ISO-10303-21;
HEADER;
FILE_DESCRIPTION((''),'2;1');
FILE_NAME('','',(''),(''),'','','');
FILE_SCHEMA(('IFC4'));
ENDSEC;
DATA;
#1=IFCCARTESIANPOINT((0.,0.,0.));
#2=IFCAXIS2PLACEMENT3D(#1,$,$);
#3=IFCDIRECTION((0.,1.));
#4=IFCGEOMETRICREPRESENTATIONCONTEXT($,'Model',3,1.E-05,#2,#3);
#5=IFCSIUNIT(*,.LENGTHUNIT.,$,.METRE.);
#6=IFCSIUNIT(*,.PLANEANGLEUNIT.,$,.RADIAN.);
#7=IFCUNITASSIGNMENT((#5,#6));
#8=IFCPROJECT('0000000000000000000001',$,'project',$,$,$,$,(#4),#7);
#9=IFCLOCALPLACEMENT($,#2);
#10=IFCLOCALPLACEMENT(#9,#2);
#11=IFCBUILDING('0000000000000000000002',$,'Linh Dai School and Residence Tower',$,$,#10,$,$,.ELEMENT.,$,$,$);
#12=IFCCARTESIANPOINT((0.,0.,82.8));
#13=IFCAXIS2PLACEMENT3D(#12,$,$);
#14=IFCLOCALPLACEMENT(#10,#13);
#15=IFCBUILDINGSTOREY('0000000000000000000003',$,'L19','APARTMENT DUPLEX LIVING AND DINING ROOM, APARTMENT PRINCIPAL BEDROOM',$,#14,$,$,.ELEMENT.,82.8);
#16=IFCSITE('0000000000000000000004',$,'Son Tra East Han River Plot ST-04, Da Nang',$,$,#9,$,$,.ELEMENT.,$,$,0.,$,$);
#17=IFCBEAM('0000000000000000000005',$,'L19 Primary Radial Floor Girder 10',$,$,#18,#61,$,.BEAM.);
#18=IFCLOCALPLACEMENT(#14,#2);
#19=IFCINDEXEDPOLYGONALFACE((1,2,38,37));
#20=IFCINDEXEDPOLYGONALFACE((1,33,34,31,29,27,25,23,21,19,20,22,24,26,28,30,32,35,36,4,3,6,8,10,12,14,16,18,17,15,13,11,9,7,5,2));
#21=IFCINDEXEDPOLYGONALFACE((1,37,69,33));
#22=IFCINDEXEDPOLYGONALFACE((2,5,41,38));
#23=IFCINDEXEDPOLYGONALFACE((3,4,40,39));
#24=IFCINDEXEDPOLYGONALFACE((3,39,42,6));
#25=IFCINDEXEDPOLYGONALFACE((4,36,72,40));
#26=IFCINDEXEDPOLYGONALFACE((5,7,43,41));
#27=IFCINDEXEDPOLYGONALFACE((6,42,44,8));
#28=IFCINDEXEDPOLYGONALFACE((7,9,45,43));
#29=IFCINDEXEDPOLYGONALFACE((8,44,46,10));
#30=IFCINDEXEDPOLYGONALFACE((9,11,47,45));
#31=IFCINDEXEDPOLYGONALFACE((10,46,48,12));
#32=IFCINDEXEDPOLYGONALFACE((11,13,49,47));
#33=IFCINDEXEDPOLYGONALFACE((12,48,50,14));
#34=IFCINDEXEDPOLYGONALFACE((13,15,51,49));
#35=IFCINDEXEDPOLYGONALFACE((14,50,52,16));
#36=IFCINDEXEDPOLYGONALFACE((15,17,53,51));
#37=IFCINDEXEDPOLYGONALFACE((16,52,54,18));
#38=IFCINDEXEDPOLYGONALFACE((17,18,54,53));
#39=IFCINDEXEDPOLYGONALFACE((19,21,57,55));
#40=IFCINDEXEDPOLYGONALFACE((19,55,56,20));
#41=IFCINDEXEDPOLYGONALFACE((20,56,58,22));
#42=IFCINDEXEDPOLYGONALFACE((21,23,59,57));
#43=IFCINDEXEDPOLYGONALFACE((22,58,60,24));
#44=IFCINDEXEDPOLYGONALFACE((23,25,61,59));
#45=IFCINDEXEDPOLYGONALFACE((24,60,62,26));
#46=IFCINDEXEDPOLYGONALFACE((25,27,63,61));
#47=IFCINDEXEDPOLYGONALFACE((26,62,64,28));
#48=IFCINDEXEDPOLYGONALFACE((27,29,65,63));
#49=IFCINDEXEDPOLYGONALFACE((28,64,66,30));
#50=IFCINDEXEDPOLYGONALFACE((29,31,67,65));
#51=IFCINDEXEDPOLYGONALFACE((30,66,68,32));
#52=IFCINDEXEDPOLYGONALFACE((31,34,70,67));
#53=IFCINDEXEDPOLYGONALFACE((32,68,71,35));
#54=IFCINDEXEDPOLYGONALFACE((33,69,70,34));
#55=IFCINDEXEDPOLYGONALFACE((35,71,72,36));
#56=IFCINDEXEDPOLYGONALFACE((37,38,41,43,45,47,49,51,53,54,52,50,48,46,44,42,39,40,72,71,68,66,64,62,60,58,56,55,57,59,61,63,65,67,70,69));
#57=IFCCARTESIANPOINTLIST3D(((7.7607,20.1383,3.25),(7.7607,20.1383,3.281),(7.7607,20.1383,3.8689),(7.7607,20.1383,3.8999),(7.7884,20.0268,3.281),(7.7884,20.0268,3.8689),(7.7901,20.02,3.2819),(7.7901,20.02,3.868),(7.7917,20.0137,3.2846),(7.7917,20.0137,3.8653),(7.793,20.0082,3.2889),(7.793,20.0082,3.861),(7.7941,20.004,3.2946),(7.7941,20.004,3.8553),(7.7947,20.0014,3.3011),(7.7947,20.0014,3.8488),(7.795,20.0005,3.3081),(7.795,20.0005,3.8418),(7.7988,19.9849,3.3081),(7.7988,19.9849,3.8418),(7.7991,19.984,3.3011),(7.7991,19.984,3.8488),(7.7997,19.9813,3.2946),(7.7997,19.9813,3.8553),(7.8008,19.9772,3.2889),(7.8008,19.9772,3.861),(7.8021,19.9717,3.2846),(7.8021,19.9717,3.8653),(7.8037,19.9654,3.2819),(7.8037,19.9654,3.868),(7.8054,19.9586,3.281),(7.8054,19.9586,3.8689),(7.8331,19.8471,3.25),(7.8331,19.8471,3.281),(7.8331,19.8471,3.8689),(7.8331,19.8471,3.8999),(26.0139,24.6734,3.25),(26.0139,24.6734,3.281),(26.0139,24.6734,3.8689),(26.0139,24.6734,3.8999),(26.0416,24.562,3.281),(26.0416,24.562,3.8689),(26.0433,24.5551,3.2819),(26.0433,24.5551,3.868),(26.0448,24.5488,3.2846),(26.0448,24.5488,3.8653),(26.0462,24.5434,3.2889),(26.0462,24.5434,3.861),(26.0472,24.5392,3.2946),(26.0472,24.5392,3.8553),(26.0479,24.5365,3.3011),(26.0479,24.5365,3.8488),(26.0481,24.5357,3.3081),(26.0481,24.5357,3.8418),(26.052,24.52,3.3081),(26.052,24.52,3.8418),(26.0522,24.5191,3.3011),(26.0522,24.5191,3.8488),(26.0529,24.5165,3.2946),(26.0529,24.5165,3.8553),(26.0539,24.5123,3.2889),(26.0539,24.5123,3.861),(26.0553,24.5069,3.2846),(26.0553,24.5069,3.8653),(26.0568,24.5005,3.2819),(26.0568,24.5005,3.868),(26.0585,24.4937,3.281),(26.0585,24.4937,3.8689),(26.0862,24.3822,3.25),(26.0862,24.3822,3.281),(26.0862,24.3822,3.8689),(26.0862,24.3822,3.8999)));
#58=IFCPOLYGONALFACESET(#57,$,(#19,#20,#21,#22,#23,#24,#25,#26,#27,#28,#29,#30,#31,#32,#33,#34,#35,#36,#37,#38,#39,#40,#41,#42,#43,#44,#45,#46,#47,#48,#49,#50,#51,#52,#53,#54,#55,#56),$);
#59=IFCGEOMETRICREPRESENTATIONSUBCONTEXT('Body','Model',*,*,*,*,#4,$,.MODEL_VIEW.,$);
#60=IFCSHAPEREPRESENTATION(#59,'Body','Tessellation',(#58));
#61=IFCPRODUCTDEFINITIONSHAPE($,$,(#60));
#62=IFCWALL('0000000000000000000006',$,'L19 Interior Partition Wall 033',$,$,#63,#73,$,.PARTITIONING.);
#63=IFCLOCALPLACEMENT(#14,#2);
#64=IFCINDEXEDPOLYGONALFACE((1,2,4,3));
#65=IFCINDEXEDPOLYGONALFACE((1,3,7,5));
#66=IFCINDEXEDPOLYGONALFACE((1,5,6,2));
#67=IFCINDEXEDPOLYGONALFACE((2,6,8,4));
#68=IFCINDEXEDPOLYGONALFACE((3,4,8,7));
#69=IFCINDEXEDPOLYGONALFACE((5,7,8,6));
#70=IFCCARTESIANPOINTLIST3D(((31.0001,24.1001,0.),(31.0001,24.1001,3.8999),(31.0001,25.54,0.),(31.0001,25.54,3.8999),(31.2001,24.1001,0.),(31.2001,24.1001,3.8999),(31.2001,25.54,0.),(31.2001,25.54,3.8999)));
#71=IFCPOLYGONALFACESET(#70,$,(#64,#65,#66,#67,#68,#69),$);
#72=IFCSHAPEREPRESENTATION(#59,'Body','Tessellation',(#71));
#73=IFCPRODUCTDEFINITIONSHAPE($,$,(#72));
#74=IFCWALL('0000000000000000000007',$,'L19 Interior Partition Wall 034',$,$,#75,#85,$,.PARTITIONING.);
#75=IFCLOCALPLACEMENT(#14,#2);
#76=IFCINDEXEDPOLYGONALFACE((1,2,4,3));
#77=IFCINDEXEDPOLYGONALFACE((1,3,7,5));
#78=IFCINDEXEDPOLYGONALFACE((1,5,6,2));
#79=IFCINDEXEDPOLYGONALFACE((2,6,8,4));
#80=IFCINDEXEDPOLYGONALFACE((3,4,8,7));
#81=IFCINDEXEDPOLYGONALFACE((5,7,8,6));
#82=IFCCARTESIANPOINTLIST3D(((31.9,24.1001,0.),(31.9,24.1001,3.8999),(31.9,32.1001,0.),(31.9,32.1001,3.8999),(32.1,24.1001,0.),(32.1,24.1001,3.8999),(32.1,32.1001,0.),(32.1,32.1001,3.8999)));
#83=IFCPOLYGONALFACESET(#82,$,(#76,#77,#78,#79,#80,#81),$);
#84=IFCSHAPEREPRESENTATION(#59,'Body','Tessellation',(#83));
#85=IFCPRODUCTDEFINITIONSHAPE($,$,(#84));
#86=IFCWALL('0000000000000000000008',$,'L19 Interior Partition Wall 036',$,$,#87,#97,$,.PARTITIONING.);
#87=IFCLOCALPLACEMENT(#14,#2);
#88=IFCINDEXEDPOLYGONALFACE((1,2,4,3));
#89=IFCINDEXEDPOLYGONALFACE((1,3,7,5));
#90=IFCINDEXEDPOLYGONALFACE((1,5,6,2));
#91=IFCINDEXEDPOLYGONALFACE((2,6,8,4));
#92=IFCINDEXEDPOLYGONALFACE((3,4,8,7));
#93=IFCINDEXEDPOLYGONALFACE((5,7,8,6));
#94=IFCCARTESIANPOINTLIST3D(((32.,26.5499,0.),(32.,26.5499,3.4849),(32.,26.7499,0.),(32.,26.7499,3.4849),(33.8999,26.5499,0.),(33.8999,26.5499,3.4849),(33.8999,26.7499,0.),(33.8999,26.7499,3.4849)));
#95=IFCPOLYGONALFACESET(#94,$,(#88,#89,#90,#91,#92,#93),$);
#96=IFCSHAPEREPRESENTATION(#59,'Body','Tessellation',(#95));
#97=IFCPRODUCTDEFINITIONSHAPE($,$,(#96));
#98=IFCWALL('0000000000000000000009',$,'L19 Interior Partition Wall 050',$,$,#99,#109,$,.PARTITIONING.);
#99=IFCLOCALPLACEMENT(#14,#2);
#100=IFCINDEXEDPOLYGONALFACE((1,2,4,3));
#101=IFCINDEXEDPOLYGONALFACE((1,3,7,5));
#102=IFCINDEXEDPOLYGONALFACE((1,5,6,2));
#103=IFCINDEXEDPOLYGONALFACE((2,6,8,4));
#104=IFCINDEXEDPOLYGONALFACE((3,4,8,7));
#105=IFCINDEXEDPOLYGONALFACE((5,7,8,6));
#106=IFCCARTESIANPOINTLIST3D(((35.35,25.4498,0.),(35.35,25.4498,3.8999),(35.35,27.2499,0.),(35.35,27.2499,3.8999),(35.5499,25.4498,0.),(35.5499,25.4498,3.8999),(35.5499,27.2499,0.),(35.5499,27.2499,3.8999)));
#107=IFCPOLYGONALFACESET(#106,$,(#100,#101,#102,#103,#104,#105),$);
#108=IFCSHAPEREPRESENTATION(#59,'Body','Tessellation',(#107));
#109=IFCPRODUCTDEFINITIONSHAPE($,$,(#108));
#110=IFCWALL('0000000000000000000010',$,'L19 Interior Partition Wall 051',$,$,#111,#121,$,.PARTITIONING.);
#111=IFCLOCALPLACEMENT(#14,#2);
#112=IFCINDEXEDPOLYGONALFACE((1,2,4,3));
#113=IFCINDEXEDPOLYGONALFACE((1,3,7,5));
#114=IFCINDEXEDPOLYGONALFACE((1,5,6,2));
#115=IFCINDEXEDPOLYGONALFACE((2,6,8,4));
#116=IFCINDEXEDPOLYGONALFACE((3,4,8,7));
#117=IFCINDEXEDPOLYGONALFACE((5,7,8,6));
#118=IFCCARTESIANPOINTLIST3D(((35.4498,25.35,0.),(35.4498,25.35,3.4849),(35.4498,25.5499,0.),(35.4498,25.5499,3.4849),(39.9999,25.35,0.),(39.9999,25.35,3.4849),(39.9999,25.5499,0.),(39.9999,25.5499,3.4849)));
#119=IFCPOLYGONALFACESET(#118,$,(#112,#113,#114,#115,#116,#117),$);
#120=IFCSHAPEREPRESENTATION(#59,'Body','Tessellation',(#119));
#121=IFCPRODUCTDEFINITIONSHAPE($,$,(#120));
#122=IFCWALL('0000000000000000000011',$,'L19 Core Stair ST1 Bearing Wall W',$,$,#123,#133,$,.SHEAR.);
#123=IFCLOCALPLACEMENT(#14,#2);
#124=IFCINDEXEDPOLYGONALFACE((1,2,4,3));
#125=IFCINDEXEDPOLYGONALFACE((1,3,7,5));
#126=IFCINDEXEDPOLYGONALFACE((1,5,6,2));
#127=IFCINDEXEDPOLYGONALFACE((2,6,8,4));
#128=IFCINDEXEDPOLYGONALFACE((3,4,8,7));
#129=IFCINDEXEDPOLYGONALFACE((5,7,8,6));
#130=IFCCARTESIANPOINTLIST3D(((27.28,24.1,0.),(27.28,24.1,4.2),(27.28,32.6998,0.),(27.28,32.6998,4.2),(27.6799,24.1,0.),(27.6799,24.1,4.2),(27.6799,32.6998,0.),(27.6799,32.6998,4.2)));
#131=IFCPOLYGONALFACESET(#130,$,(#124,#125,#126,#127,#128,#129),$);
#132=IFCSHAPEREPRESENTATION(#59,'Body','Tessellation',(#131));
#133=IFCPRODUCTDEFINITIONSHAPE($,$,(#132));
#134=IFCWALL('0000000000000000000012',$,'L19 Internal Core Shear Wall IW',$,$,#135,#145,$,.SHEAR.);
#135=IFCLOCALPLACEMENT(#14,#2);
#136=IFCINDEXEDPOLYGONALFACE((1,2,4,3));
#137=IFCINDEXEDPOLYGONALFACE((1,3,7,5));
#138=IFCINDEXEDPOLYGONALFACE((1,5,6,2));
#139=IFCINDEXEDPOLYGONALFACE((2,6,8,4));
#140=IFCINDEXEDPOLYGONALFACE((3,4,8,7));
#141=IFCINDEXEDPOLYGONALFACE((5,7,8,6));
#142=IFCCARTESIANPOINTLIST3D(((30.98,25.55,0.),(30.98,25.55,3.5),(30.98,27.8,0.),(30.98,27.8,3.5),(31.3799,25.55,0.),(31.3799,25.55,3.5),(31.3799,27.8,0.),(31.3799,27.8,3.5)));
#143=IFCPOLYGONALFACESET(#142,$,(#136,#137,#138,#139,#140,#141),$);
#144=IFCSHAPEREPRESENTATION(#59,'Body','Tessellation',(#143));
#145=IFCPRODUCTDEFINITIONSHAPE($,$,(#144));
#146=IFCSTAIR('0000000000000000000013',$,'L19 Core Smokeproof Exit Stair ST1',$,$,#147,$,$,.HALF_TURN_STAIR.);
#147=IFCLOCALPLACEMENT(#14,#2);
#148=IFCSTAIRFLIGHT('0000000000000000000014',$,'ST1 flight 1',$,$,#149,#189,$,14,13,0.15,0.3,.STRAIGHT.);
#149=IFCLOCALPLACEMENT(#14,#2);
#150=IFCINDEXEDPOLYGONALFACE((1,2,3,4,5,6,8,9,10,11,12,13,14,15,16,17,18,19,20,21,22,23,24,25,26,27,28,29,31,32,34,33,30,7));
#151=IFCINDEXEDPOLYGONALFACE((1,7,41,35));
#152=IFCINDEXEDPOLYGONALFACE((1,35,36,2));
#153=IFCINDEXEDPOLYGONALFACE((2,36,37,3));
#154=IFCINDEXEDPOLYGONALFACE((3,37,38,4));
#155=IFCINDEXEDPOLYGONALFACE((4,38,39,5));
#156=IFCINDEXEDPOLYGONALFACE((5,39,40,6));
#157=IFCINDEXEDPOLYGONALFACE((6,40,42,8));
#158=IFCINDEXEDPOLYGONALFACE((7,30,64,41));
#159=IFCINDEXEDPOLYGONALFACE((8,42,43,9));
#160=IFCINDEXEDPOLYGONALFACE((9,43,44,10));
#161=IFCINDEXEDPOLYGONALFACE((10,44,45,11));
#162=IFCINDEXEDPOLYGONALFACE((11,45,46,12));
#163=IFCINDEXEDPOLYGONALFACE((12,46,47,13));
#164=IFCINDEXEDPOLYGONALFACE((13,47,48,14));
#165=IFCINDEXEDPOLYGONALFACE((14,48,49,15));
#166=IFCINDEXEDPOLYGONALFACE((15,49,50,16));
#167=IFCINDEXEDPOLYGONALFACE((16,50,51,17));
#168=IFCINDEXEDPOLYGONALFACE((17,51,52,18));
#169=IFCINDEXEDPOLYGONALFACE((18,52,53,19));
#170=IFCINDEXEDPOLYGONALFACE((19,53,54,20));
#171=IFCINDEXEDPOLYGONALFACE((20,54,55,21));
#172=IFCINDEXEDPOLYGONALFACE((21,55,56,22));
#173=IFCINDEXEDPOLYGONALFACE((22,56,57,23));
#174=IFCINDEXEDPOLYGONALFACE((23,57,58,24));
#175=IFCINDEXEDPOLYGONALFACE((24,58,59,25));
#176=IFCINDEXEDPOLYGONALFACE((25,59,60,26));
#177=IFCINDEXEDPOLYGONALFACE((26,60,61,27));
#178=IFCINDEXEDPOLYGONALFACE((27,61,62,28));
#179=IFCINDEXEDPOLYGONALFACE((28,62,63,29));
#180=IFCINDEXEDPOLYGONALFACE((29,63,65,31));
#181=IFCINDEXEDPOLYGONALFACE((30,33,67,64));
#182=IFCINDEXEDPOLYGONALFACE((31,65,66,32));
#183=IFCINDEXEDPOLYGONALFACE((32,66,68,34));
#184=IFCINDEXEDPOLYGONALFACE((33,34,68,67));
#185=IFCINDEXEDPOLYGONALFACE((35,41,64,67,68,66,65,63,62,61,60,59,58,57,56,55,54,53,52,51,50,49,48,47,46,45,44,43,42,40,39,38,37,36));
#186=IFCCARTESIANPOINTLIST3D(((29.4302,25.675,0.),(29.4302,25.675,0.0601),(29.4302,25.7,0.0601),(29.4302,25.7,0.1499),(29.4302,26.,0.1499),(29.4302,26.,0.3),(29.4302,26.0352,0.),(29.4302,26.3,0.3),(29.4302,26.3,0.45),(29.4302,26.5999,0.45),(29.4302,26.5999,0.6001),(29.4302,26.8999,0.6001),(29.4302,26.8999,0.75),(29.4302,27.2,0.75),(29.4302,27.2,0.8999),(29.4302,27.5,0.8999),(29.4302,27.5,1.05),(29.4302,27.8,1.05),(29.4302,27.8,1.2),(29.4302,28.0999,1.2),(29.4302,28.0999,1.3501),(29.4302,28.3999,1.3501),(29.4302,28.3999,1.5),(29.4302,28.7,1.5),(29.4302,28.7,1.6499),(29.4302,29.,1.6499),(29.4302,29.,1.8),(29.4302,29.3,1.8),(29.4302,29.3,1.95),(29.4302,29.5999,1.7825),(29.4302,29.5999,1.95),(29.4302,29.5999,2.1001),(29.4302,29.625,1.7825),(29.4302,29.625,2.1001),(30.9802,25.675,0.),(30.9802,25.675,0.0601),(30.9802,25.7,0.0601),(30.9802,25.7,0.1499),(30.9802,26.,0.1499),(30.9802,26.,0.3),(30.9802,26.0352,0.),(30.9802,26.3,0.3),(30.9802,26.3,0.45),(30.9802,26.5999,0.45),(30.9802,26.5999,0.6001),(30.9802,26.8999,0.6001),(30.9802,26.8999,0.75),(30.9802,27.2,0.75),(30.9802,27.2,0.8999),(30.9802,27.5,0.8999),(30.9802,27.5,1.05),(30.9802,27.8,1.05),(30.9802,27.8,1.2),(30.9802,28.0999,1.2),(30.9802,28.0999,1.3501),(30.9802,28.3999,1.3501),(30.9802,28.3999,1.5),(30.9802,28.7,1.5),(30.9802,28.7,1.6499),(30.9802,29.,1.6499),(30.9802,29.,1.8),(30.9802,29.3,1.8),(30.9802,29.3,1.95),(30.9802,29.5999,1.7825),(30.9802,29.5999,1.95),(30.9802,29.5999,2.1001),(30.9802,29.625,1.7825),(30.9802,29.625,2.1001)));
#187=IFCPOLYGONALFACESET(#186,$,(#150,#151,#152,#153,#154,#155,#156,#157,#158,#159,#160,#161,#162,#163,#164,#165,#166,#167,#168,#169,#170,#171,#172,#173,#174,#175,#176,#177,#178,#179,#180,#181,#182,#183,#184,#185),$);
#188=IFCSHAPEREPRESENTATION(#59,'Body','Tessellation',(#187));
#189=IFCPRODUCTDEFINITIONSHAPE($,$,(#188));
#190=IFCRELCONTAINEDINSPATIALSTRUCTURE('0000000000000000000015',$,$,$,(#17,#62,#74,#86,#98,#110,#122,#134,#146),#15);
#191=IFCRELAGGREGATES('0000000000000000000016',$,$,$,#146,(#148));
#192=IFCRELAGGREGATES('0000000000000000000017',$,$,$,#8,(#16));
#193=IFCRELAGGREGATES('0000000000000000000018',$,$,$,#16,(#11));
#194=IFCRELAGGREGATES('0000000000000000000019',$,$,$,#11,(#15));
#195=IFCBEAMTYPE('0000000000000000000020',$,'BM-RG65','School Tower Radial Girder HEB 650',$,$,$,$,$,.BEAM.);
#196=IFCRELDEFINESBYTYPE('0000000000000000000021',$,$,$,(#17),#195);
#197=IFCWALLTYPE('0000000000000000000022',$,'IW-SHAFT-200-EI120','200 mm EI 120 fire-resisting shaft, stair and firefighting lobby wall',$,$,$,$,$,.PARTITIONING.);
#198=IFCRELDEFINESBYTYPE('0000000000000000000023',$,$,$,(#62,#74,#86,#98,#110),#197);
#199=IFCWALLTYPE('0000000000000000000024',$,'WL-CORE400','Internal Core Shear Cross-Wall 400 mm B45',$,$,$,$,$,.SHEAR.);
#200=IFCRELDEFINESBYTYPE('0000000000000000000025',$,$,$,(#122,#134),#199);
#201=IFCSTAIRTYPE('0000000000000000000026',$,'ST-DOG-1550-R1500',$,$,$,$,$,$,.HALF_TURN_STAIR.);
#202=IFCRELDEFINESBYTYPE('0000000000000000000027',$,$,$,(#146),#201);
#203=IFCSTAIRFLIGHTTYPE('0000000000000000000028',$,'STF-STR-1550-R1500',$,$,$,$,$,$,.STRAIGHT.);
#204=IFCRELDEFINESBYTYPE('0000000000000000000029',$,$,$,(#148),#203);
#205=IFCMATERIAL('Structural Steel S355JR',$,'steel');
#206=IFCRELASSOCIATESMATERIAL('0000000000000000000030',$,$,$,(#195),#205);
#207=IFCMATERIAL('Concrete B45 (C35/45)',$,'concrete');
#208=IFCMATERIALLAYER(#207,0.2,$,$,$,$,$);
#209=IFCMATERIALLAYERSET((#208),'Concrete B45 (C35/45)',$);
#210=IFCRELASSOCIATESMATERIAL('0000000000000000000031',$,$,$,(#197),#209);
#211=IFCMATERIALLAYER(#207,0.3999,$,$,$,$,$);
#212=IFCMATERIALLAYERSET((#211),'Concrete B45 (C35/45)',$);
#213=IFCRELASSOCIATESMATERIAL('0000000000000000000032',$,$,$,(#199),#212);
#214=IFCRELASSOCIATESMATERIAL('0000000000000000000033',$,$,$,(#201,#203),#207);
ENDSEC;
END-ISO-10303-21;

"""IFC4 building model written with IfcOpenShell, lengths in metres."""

from ifc_helpers import new_model, si_unit, direction, frame, frame_2d, origin, origin_2d, place, context, subcontext, project, spatial, polyline, rectangle, i_section, outline, extrude, source, transform, mapped, material, layer, layer_set, material_profile, profile_set, type_object, element, aggregate, save


model = new_model("IFC4")

# Units and contexts
model_context = context("Model", 3, precision=1e-05, world=origin(), true_north=direction((0.0, 1.0)))
body_context = subcontext(model_context, "Body", "Model", "MODEL_VIEW")
ifc_project = project(units=[si_unit("LENGTHUNIT", "METRE"), si_unit("PLANEANGLEUNIT", "RADIAN")], contexts=[model_context])

# Site, building, storey
site_placement = place(None, origin())
site = spatial("IfcSite", under=ifc_project, at=site_placement, Name="Son Tra East Han River Plot ST-04, Da Nang", CompositionType="ELEMENT", RefElevation=0.0)
building_placement = place(site_placement, origin())
building = spatial("IfcBuilding", under=site, at=building_placement, Name="Linh Dai School and Residence Tower", CompositionType="ELEMENT")
storey_placement = place(building_placement, frame((0.0, 0.0, 82.8)))
storey = spatial("IfcBuildingStorey", under=building, at=storey_placement, Name="L19", Description="APARTMENT DUPLEX LIVING AND DINING ROOM, APARTMENT PRINCIPAL BEDROOM", CompositionType="ELEMENT", Elevation=82.8)

# Shared definitions
ifc_material_1 = material(Name="Structural Steel S355JR", Category="steel")

# Beam
ifc_material_profile_1 = material_profile(ifc_material_1, i_section(OverallWidth=0.3, OverallDepth=0.6499, WebThickness=0.0161, FlangeThickness=0.031, FilletRadius=0.0271, at=origin_2d()), Name="HEB 650")
ifc_profile_set_1 = profile_set([ifc_material_profile_1], Name="Structural Steel S355JR")
beam_type = type_object("IfcBeamType", Name="BM-RG65", Description="School Tower Radial Girder HEB 650", PredefinedType="BEAM", material=ifc_profile_set_1)
beam_placement = place(storey_placement, frame((26.05, 24.5278, 3.575), z_axis=(-0.970493, -0.241127, 0.0), x_axis=(0.241127, -0.970493, 0.0)))
element("IfcBeam", 1, at=beam_placement, inside=storey, type_object=beam_type, Name="L19 Primary Radial Floor Girder 10", PredefinedType="BEAM", context=body_context, shape_type="SweptSolid", body=[
    extrude(i_section(OverallWidth=0.3, OverallDepth=0.6499, WebThickness=0.0161, FlangeThickness=0.031, FilletRadius=0.0271, at=origin_2d()), origin(), (0.0, 0.0, 1.0), 18.8081),
])

# Shared definitions
ifc_material_2 = material(Name="Concrete B45 (C35/45)", Category="concrete")
ifc_layer_1 = layer(ifc_material_2, 0.2)
ifc_layer_set_1 = layer_set([ifc_layer_1], Name="Concrete B45 (C35/45)")
wall_type_1 = type_object("IfcWallType", Name="IW-SHAFT-200-EI120", Description="200 mm EI 120 fire-resisting shaft, stair and firefighting lobby wall", PredefinedType="PARTITIONING", material=ifc_layer_set_1)

# Walls
wall_1_placement = place(storey_placement, frame((31.1001, 24.1001, 0.0), z_axis=(0.0, 0.0, 1.0), x_axis=(0.0, 1.0, 0.0)))
element("IfcWall", 2, at=wall_1_placement, inside=storey, type_object=wall_type_1, Name="L19 Interior Partition Wall 033", PredefinedType="PARTITIONING", context=body_context, shape_type="SweptSolid", body=[
    extrude(rectangle(XDim=1.4399, YDim=0.2, at=frame_2d((0.72, 0.0))), origin(), (0.0, 0.0, 1.0), 3.8999),
])
wall_2_placement = place(storey_placement, frame((32.0, 24.1001, 0.0), z_axis=(0.0, 0.0, 1.0), x_axis=(0.0, 1.0, 0.0)))
element("IfcWall", 3, at=wall_2_placement, inside=storey, type_object=wall_type_1, Name="L19 Interior Partition Wall 034", PredefinedType="PARTITIONING", context=body_context, shape_type="SweptSolid", body=[
    extrude(rectangle(XDim=8.0, YDim=0.2, at=frame_2d((4.0, 0.0))), origin(), (0.0, 0.0, 1.0), 3.8999),
])

# Wall
wall_3_placement = place(storey_placement, frame((32.0, 26.6499, 0.0), z_axis=(0.0, 0.0, 1.0), x_axis=(1.0, 0.0, 0.0)))
element("IfcWall", 4, at=wall_3_placement, inside=storey, type_object=wall_type_1, Name="L19 Interior Partition Wall 036", PredefinedType="PARTITIONING", context=body_context, shape_type="SweptSolid", body=[
    extrude(rectangle(XDim=1.8999, YDim=0.2, at=frame_2d((0.95, 0.0))), origin(), (0.0, 0.0, 1.0), 3.4849),
])

# Walls
wall_4_placement = place(storey_placement, frame((35.45, 25.45, 0.0), z_axis=(0.0, 0.0, 1.0), x_axis=(0.0, 1.0, 0.0)))
element("IfcWall", 5, at=wall_4_placement, inside=storey, type_object=wall_type_1, Name="L19 Interior Partition Wall 050", PredefinedType="PARTITIONING", context=body_context, shape_type="SweptSolid", body=[
    extrude(rectangle(XDim=1.8, YDim=0.2, at=frame_2d((0.8999, 0.0))), origin(), (0.0, 0.0, 1.0), 3.8999),
])
wall_5_placement = place(storey_placement, frame((35.45, 25.45, 0.0), z_axis=(0.0, 0.0, 1.0), x_axis=(1.0, 0.0, 0.0)))
element("IfcWall", 6, at=wall_5_placement, inside=storey, type_object=wall_type_1, Name="L19 Interior Partition Wall 051", PredefinedType="PARTITIONING", context=body_context, shape_type="SweptSolid", body=[
    extrude(rectangle(XDim=4.55, YDim=0.2, at=frame_2d((2.2749, 0.0))), origin(), (0.0, 0.0, 1.0), 3.4849),
])
ifc_layer_2 = layer(ifc_material_2, 0.3999)
ifc_layer_set_2 = layer_set([ifc_layer_2], Name="Concrete B45 (C35/45)")
wall_type_2 = type_object("IfcWallType", Name="WL-CORE400", Description="Internal Core Shear Cross-Wall 400 mm B45", PredefinedType="SHEAR", material=ifc_layer_set_2)
wall_6_placement = place(storey_placement, frame((27.48, 24.1001, 0.0), z_axis=(0.0, 0.0, 1.0), x_axis=(0.0, 1.0, 0.0)))
element("IfcWall", 7, at=wall_6_placement, inside=storey, type_object=wall_type_2, Name="L19 Core Stair ST1 Bearing Wall W", PredefinedType="SHEAR", context=body_context, shape_type="SweptSolid", body=[
    extrude(rectangle(XDim=8.5999, YDim=0.3999, at=frame_2d((4.2998, 0.0))), origin(), (0.0, 0.0, 1.0), 4.2),
])
wall_7_placement = place(storey_placement, frame((31.1799, 25.55, 0.0), z_axis=(0.0, 0.0, 1.0), x_axis=(0.0, 1.0, 0.0)))
element("IfcWall", 8, at=wall_7_placement, inside=storey, type_object=wall_type_2, Name="L19 Internal Core Shear Wall IW", PredefinedType="SHEAR", context=body_context, shape_type="SweptSolid", body=[
    extrude(rectangle(XDim=2.25, YDim=0.3999, at=frame_2d((1.125, 0.0))), origin(), (0.0, 0.0, 1.0), 3.5),
])

# Stair, stair flight
stair_type = type_object("IfcStairType", Name="ST-DOG-1550-R1500", PredefinedType="HALF_TURN_STAIR", material=ifc_material_2)
stair_placement = place(storey_placement, origin())
stair = element("IfcStair", 9, at=stair_placement, inside=storey, type_object=stair_type, Name="L19 Core Smokeproof Exit Stair ST1", PredefinedType="HALF_TURN_STAIR")
stair_flight_type = type_object("IfcStairFlightType", Name="STF-STR-1550-R1500", PredefinedType="STRAIGHT", material=ifc_material_2)
shared_shape_1 = source(origin(), body_context, "Body", "SweptSolid", [
    extrude(outline(polyline([(-0.0249, 0.0), (-0.0249, 0.0601), (0.0, 0.0601), (0.0, 0.1499), (0.3, 0.1499), (0.3, 0.3), (0.6001, 0.3), (0.6001, 0.45), (0.8999, 0.45), (0.8999, 0.6001), (1.2, 0.6001), (1.2, 0.75), (1.5, 0.75), (1.5, 0.8999), (1.8, 0.8999), (1.8, 1.05), (2.1001, 1.05), (2.1001, 1.2), (2.3999, 1.2), (2.3999, 1.3501), (2.7, 1.3501), (2.7, 1.5), (3.0, 1.5), (3.0, 1.6499), (3.3, 1.6499), (3.3, 1.8), (3.6001, 1.8), (3.6001, 1.95), (3.8999, 1.95), (3.8999, 2.1001), (3.925, 2.1001), (3.925, 1.7825), (3.8999, 1.7825), (0.3352, 0.0), (-0.0249, 0.0)])), frame((0.0, 0.7749, 0.0), z_axis=(0.0, -1.0, 0.0), x_axis=(1.0, 0.0, 0.0)), (0.0, 0.0, 1.0), 1.55),
])
stair_flight_placement = place(storey_placement, frame((30.2051, 25.7, 0.0), z_axis=(0.0, 0.0, 1.0), x_axis=(0.0, 1.0, 0.0)))
stair_flight = element("IfcStairFlight", 10, at=stair_flight_placement, type_object=stair_flight_type, Name="ST1 flight 1", NumberOfRisers=14, NumberOfTreads=13, PredefinedType="STRAIGHT", RiserHeight=0.15, TreadLength=0.3, context=body_context, shape_type="MappedRepresentation", body=[
    mapped(shared_shape_1, transform((0.0, 0.0, 0.0), x_axis=(1.0, 0.0, 0.0), y_axis=(0.0, 1.0, 0.0), z_axis=(0.0, 0.0, 1.0), scale=1.0)),
])
aggregate(stair, [stair_flight])

save(model, "model.ifc")
